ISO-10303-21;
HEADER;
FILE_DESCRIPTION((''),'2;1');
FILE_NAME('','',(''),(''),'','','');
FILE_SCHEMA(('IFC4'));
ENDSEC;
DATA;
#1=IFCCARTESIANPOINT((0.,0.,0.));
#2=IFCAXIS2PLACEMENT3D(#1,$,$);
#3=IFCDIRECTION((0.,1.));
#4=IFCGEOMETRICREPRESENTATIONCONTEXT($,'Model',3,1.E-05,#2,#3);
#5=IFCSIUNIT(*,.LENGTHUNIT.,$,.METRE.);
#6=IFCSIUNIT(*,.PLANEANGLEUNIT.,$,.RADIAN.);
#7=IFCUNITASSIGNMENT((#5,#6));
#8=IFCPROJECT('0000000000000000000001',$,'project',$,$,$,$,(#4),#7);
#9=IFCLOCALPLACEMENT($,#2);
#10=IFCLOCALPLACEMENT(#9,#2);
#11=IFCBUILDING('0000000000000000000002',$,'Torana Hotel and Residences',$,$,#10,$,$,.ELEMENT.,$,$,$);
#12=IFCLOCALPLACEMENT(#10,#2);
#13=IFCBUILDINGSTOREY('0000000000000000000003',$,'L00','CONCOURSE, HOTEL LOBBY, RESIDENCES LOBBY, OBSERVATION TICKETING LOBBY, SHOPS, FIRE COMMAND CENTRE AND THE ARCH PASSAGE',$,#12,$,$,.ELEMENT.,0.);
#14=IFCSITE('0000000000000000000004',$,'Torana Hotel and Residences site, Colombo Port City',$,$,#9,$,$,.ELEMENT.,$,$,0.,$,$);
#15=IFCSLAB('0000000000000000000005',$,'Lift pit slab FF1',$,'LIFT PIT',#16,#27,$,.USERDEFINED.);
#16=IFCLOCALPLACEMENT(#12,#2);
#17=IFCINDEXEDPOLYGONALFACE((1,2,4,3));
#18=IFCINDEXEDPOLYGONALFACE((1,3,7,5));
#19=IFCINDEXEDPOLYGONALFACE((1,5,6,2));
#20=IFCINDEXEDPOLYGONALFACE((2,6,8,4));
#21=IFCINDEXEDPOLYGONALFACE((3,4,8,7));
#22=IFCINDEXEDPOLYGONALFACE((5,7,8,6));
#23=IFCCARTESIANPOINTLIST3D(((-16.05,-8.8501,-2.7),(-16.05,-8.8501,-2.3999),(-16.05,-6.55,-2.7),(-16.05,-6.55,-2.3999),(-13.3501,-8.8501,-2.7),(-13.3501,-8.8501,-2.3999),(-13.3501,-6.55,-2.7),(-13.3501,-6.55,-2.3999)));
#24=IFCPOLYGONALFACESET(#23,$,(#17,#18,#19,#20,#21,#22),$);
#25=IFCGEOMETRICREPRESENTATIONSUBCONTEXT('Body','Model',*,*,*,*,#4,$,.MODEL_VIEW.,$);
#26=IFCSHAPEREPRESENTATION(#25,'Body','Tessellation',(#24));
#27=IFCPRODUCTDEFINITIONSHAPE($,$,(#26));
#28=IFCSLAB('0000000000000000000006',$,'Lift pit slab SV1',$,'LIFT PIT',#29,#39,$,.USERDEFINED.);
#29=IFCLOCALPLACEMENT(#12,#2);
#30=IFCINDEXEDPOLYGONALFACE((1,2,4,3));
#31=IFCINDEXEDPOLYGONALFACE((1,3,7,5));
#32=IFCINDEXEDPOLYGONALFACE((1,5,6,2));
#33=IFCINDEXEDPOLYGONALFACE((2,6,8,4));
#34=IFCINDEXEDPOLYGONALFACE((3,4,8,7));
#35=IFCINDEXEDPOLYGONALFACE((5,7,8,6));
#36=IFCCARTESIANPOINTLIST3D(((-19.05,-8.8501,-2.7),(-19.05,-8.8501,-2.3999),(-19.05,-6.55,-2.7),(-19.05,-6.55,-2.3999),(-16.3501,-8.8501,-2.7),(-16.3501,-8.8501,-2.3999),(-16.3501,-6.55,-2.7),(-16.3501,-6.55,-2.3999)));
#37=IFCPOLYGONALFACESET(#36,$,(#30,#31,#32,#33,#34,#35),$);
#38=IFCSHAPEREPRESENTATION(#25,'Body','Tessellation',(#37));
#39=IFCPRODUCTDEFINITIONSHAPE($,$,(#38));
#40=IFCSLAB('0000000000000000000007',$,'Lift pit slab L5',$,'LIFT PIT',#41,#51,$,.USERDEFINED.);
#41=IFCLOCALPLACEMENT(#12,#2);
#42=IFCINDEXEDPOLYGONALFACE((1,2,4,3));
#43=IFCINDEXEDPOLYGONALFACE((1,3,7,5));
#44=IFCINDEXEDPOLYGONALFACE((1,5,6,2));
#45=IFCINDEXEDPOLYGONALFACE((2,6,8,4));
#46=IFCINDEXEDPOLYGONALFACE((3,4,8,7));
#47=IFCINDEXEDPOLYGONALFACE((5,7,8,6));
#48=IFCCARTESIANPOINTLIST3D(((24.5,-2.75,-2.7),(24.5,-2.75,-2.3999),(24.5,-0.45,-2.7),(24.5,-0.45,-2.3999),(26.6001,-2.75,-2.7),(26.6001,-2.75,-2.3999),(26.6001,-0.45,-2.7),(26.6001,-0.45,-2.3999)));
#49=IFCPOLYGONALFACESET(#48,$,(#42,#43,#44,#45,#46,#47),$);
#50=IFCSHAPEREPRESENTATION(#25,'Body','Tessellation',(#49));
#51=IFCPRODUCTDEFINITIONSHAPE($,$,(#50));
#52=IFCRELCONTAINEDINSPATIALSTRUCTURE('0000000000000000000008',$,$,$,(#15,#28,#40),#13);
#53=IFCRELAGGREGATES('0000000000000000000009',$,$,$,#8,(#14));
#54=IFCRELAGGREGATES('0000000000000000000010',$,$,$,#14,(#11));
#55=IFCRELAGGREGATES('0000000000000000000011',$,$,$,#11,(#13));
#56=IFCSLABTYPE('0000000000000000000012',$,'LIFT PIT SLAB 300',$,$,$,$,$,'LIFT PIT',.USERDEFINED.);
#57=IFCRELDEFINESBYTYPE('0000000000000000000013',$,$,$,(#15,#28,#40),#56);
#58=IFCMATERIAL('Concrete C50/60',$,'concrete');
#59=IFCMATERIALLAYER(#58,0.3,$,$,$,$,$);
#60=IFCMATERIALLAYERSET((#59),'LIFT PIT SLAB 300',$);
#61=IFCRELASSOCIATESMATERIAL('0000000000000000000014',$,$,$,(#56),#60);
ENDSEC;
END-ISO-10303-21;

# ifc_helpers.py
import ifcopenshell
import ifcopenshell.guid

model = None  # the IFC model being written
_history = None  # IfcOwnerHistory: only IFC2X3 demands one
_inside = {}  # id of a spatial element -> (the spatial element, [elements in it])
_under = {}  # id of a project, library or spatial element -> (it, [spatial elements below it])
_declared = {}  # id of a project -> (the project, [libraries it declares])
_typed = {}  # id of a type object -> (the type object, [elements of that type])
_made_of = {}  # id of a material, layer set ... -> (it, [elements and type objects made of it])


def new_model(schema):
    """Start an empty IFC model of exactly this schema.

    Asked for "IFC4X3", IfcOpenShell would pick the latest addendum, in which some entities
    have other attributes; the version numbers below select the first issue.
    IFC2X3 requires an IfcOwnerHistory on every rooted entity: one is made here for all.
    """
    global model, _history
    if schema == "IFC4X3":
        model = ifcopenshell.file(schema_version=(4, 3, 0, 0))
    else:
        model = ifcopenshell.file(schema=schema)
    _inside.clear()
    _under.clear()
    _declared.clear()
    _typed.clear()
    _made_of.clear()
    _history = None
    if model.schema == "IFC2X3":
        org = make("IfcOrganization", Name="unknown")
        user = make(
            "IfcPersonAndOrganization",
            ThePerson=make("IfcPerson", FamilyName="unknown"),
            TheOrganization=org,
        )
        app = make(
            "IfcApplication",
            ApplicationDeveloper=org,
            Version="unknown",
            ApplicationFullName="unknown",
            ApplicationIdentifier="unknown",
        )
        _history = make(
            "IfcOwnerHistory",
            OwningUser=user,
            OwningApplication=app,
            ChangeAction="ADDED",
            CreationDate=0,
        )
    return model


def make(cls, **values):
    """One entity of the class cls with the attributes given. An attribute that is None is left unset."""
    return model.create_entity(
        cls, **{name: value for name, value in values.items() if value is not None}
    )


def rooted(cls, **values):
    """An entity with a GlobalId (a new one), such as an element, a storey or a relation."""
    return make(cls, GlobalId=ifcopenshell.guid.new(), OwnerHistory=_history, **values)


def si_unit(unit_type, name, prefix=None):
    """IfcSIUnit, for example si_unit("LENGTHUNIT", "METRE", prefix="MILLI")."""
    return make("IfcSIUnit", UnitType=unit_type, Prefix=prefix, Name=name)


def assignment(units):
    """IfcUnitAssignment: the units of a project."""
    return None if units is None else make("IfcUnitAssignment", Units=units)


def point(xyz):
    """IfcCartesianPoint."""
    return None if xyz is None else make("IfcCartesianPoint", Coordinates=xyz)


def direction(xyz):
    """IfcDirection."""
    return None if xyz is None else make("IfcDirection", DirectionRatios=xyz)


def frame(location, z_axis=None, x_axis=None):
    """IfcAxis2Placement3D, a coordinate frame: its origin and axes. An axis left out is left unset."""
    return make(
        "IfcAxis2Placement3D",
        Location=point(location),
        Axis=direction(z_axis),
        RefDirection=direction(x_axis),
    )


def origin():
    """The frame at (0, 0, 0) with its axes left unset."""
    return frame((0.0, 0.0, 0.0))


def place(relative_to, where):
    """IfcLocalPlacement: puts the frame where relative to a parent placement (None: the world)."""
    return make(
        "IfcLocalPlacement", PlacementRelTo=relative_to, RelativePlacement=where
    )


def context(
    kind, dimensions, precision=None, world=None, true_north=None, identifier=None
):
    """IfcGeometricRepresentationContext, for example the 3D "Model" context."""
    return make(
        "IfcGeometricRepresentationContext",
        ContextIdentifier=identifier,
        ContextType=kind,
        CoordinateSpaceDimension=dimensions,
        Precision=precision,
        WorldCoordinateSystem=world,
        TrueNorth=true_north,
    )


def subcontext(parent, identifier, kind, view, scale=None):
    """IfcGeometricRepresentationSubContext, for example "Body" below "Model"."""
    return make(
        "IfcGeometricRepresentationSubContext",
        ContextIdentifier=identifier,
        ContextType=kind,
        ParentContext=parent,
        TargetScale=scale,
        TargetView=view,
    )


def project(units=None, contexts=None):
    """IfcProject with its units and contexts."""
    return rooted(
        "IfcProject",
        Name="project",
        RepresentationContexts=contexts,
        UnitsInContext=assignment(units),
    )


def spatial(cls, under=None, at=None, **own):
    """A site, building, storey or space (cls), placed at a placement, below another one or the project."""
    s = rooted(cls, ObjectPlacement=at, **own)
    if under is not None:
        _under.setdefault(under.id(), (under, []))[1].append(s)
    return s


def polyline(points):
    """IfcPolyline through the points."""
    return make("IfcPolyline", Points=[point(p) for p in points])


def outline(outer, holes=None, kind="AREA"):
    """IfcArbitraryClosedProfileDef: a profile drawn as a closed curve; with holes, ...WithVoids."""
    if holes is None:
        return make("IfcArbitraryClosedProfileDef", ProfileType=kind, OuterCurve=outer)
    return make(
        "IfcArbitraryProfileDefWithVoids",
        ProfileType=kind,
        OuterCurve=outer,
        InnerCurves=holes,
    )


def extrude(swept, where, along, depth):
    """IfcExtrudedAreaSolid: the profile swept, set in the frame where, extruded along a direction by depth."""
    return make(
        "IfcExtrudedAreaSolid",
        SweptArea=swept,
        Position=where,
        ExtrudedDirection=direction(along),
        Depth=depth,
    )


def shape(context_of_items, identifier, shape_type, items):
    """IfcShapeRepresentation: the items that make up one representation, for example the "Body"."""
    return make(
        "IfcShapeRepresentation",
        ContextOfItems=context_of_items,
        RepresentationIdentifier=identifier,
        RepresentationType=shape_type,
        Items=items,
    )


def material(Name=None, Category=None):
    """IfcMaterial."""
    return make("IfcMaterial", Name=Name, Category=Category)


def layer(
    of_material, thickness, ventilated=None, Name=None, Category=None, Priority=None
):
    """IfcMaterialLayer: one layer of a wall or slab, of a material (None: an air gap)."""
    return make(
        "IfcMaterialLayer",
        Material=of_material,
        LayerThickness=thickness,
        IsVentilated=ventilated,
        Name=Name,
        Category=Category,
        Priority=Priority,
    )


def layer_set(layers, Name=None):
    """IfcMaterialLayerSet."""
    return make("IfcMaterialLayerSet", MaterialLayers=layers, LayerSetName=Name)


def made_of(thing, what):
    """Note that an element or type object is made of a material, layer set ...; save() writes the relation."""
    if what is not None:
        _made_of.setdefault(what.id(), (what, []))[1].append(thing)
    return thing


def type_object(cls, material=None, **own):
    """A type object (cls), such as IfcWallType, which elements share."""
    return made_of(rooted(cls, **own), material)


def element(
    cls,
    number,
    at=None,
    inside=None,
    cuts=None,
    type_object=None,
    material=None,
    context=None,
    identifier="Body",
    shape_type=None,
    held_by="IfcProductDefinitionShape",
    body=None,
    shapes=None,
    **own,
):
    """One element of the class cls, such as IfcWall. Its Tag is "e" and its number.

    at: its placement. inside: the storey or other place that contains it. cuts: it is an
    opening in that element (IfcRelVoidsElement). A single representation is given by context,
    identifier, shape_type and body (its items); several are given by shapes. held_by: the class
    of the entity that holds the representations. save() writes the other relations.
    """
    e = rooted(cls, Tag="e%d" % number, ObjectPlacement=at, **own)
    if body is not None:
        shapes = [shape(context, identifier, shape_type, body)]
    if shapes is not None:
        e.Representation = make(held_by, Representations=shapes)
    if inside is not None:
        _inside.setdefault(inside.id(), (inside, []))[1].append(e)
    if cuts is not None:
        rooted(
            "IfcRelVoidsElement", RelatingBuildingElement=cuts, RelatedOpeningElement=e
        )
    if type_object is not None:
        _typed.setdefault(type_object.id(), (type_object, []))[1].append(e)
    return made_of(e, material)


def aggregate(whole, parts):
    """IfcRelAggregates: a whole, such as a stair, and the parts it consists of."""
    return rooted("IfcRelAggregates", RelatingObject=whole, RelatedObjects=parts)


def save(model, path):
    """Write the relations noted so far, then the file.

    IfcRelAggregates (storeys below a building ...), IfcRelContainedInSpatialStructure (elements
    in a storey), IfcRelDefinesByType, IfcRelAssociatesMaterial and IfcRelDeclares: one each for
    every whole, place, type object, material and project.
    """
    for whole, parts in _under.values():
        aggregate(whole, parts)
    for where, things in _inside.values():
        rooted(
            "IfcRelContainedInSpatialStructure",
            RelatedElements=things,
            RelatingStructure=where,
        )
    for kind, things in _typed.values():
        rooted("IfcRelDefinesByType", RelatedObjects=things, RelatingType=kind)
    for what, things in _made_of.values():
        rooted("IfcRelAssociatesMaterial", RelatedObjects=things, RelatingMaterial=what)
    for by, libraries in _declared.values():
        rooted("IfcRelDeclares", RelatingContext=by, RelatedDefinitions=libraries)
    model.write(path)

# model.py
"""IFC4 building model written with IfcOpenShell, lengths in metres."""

from ifc_helpers import new_model, si_unit, direction, frame, origin, place, context, subcontext, project, spatial, polyline, outline, extrude, material, layer, layer_set, type_object, element, save


model = new_model("IFC4")

# Units and contexts
model_context = context("Model", 3, precision=1e-05, world=origin(), true_north=direction((0.0, 1.0)))
body_context = subcontext(model_context, "Body", "Model", "MODEL_VIEW")
ifc_project = project(units=[si_unit("LENGTHUNIT", "METRE"), si_unit("PLANEANGLEUNIT", "RADIAN")], contexts=[model_context])

# Site, building, storey
site_placement = place(None, origin())
site = spatial("IfcSite", under=ifc_project, at=site_placement, Name="Torana Hotel and Residences site, Colombo Port City", CompositionType="ELEMENT", RefElevation=0.0)
building_placement = place(site_placement, origin())
building = spatial("IfcBuilding", under=site, at=building_placement, Name="Torana Hotel and Residences", CompositionType="ELEMENT")
storey_placement = place(building_placement, origin())
storey = spatial("IfcBuildingStorey", under=building, at=storey_placement, Name="L00", Description="CONCOURSE, HOTEL LOBBY, RESIDENCES LOBBY, OBSERVATION TICKETING LOBBY, SHOPS, FIRE COMMAND CENTRE AND THE ARCH PASSAGE", CompositionType="ELEMENT", Elevation=0.0)

# Slabs
ifc_material_1 = material(Name="Concrete C50/60", Category="concrete")
ifc_layer_1 = layer(ifc_material_1, 0.3)
ifc_layer_set_1 = layer_set([ifc_layer_1], Name="LIFT PIT SLAB 300")
slab_type = type_object("IfcSlabType", Name="LIFT PIT SLAB 300", ElementType="LIFT PIT", PredefinedType="USERDEFINED", material=ifc_layer_set_1)
slab_1_placement = place(storey_placement, frame((0.0, 0.0, -2.7)))
element("IfcSlab", 1, at=slab_1_placement, inside=storey, type_object=slab_type, Name="Lift pit slab FF1", ObjectType="LIFT PIT", PredefinedType="USERDEFINED", context=body_context, shape_type="SweptSolid", body=[
    extrude(outline(polyline([(-16.05, -8.8501), (-13.3501, -8.8501), (-13.3501, -6.55), (-16.05, -6.55), (-16.05, -8.8501)])), origin(), (0.0, 0.0, 1.0), 0.3),
])
slab_2_placement = place(storey_placement, frame((0.0, 0.0, -2.7)))
element("IfcSlab", 2, at=slab_2_placement, inside=storey, type_object=slab_type, Name="Lift pit slab SV1", ObjectType="LIFT PIT", PredefinedType="USERDEFINED", context=body_context, shape_type="SweptSolid", body=[
    extrude(outline(polyline([(-19.05, -8.8501), (-16.3501, -8.8501), (-16.3501, -6.55), (-19.05, -6.55), (-19.05, -8.8501)])), origin(), (0.0, 0.0, 1.0), 0.3),
])
slab_3_placement = place(storey_placement, frame((0.0, 0.0, -2.7)))
element("IfcSlab", 3, at=slab_3_placement, inside=storey, type_object=slab_type, Name="Lift pit slab L5", ObjectType="LIFT PIT", PredefinedType="USERDEFINED", context=body_context, shape_type="SweptSolid", body=[
    extrude(outline(polyline([(24.5, -2.75), (26.6001, -2.75), (26.6001, -0.45), (24.5, -0.45), (24.5, -2.75)])), origin(), (0.0, 0.0, 1.0), 0.3),
])

save(model, "model.ifc")
